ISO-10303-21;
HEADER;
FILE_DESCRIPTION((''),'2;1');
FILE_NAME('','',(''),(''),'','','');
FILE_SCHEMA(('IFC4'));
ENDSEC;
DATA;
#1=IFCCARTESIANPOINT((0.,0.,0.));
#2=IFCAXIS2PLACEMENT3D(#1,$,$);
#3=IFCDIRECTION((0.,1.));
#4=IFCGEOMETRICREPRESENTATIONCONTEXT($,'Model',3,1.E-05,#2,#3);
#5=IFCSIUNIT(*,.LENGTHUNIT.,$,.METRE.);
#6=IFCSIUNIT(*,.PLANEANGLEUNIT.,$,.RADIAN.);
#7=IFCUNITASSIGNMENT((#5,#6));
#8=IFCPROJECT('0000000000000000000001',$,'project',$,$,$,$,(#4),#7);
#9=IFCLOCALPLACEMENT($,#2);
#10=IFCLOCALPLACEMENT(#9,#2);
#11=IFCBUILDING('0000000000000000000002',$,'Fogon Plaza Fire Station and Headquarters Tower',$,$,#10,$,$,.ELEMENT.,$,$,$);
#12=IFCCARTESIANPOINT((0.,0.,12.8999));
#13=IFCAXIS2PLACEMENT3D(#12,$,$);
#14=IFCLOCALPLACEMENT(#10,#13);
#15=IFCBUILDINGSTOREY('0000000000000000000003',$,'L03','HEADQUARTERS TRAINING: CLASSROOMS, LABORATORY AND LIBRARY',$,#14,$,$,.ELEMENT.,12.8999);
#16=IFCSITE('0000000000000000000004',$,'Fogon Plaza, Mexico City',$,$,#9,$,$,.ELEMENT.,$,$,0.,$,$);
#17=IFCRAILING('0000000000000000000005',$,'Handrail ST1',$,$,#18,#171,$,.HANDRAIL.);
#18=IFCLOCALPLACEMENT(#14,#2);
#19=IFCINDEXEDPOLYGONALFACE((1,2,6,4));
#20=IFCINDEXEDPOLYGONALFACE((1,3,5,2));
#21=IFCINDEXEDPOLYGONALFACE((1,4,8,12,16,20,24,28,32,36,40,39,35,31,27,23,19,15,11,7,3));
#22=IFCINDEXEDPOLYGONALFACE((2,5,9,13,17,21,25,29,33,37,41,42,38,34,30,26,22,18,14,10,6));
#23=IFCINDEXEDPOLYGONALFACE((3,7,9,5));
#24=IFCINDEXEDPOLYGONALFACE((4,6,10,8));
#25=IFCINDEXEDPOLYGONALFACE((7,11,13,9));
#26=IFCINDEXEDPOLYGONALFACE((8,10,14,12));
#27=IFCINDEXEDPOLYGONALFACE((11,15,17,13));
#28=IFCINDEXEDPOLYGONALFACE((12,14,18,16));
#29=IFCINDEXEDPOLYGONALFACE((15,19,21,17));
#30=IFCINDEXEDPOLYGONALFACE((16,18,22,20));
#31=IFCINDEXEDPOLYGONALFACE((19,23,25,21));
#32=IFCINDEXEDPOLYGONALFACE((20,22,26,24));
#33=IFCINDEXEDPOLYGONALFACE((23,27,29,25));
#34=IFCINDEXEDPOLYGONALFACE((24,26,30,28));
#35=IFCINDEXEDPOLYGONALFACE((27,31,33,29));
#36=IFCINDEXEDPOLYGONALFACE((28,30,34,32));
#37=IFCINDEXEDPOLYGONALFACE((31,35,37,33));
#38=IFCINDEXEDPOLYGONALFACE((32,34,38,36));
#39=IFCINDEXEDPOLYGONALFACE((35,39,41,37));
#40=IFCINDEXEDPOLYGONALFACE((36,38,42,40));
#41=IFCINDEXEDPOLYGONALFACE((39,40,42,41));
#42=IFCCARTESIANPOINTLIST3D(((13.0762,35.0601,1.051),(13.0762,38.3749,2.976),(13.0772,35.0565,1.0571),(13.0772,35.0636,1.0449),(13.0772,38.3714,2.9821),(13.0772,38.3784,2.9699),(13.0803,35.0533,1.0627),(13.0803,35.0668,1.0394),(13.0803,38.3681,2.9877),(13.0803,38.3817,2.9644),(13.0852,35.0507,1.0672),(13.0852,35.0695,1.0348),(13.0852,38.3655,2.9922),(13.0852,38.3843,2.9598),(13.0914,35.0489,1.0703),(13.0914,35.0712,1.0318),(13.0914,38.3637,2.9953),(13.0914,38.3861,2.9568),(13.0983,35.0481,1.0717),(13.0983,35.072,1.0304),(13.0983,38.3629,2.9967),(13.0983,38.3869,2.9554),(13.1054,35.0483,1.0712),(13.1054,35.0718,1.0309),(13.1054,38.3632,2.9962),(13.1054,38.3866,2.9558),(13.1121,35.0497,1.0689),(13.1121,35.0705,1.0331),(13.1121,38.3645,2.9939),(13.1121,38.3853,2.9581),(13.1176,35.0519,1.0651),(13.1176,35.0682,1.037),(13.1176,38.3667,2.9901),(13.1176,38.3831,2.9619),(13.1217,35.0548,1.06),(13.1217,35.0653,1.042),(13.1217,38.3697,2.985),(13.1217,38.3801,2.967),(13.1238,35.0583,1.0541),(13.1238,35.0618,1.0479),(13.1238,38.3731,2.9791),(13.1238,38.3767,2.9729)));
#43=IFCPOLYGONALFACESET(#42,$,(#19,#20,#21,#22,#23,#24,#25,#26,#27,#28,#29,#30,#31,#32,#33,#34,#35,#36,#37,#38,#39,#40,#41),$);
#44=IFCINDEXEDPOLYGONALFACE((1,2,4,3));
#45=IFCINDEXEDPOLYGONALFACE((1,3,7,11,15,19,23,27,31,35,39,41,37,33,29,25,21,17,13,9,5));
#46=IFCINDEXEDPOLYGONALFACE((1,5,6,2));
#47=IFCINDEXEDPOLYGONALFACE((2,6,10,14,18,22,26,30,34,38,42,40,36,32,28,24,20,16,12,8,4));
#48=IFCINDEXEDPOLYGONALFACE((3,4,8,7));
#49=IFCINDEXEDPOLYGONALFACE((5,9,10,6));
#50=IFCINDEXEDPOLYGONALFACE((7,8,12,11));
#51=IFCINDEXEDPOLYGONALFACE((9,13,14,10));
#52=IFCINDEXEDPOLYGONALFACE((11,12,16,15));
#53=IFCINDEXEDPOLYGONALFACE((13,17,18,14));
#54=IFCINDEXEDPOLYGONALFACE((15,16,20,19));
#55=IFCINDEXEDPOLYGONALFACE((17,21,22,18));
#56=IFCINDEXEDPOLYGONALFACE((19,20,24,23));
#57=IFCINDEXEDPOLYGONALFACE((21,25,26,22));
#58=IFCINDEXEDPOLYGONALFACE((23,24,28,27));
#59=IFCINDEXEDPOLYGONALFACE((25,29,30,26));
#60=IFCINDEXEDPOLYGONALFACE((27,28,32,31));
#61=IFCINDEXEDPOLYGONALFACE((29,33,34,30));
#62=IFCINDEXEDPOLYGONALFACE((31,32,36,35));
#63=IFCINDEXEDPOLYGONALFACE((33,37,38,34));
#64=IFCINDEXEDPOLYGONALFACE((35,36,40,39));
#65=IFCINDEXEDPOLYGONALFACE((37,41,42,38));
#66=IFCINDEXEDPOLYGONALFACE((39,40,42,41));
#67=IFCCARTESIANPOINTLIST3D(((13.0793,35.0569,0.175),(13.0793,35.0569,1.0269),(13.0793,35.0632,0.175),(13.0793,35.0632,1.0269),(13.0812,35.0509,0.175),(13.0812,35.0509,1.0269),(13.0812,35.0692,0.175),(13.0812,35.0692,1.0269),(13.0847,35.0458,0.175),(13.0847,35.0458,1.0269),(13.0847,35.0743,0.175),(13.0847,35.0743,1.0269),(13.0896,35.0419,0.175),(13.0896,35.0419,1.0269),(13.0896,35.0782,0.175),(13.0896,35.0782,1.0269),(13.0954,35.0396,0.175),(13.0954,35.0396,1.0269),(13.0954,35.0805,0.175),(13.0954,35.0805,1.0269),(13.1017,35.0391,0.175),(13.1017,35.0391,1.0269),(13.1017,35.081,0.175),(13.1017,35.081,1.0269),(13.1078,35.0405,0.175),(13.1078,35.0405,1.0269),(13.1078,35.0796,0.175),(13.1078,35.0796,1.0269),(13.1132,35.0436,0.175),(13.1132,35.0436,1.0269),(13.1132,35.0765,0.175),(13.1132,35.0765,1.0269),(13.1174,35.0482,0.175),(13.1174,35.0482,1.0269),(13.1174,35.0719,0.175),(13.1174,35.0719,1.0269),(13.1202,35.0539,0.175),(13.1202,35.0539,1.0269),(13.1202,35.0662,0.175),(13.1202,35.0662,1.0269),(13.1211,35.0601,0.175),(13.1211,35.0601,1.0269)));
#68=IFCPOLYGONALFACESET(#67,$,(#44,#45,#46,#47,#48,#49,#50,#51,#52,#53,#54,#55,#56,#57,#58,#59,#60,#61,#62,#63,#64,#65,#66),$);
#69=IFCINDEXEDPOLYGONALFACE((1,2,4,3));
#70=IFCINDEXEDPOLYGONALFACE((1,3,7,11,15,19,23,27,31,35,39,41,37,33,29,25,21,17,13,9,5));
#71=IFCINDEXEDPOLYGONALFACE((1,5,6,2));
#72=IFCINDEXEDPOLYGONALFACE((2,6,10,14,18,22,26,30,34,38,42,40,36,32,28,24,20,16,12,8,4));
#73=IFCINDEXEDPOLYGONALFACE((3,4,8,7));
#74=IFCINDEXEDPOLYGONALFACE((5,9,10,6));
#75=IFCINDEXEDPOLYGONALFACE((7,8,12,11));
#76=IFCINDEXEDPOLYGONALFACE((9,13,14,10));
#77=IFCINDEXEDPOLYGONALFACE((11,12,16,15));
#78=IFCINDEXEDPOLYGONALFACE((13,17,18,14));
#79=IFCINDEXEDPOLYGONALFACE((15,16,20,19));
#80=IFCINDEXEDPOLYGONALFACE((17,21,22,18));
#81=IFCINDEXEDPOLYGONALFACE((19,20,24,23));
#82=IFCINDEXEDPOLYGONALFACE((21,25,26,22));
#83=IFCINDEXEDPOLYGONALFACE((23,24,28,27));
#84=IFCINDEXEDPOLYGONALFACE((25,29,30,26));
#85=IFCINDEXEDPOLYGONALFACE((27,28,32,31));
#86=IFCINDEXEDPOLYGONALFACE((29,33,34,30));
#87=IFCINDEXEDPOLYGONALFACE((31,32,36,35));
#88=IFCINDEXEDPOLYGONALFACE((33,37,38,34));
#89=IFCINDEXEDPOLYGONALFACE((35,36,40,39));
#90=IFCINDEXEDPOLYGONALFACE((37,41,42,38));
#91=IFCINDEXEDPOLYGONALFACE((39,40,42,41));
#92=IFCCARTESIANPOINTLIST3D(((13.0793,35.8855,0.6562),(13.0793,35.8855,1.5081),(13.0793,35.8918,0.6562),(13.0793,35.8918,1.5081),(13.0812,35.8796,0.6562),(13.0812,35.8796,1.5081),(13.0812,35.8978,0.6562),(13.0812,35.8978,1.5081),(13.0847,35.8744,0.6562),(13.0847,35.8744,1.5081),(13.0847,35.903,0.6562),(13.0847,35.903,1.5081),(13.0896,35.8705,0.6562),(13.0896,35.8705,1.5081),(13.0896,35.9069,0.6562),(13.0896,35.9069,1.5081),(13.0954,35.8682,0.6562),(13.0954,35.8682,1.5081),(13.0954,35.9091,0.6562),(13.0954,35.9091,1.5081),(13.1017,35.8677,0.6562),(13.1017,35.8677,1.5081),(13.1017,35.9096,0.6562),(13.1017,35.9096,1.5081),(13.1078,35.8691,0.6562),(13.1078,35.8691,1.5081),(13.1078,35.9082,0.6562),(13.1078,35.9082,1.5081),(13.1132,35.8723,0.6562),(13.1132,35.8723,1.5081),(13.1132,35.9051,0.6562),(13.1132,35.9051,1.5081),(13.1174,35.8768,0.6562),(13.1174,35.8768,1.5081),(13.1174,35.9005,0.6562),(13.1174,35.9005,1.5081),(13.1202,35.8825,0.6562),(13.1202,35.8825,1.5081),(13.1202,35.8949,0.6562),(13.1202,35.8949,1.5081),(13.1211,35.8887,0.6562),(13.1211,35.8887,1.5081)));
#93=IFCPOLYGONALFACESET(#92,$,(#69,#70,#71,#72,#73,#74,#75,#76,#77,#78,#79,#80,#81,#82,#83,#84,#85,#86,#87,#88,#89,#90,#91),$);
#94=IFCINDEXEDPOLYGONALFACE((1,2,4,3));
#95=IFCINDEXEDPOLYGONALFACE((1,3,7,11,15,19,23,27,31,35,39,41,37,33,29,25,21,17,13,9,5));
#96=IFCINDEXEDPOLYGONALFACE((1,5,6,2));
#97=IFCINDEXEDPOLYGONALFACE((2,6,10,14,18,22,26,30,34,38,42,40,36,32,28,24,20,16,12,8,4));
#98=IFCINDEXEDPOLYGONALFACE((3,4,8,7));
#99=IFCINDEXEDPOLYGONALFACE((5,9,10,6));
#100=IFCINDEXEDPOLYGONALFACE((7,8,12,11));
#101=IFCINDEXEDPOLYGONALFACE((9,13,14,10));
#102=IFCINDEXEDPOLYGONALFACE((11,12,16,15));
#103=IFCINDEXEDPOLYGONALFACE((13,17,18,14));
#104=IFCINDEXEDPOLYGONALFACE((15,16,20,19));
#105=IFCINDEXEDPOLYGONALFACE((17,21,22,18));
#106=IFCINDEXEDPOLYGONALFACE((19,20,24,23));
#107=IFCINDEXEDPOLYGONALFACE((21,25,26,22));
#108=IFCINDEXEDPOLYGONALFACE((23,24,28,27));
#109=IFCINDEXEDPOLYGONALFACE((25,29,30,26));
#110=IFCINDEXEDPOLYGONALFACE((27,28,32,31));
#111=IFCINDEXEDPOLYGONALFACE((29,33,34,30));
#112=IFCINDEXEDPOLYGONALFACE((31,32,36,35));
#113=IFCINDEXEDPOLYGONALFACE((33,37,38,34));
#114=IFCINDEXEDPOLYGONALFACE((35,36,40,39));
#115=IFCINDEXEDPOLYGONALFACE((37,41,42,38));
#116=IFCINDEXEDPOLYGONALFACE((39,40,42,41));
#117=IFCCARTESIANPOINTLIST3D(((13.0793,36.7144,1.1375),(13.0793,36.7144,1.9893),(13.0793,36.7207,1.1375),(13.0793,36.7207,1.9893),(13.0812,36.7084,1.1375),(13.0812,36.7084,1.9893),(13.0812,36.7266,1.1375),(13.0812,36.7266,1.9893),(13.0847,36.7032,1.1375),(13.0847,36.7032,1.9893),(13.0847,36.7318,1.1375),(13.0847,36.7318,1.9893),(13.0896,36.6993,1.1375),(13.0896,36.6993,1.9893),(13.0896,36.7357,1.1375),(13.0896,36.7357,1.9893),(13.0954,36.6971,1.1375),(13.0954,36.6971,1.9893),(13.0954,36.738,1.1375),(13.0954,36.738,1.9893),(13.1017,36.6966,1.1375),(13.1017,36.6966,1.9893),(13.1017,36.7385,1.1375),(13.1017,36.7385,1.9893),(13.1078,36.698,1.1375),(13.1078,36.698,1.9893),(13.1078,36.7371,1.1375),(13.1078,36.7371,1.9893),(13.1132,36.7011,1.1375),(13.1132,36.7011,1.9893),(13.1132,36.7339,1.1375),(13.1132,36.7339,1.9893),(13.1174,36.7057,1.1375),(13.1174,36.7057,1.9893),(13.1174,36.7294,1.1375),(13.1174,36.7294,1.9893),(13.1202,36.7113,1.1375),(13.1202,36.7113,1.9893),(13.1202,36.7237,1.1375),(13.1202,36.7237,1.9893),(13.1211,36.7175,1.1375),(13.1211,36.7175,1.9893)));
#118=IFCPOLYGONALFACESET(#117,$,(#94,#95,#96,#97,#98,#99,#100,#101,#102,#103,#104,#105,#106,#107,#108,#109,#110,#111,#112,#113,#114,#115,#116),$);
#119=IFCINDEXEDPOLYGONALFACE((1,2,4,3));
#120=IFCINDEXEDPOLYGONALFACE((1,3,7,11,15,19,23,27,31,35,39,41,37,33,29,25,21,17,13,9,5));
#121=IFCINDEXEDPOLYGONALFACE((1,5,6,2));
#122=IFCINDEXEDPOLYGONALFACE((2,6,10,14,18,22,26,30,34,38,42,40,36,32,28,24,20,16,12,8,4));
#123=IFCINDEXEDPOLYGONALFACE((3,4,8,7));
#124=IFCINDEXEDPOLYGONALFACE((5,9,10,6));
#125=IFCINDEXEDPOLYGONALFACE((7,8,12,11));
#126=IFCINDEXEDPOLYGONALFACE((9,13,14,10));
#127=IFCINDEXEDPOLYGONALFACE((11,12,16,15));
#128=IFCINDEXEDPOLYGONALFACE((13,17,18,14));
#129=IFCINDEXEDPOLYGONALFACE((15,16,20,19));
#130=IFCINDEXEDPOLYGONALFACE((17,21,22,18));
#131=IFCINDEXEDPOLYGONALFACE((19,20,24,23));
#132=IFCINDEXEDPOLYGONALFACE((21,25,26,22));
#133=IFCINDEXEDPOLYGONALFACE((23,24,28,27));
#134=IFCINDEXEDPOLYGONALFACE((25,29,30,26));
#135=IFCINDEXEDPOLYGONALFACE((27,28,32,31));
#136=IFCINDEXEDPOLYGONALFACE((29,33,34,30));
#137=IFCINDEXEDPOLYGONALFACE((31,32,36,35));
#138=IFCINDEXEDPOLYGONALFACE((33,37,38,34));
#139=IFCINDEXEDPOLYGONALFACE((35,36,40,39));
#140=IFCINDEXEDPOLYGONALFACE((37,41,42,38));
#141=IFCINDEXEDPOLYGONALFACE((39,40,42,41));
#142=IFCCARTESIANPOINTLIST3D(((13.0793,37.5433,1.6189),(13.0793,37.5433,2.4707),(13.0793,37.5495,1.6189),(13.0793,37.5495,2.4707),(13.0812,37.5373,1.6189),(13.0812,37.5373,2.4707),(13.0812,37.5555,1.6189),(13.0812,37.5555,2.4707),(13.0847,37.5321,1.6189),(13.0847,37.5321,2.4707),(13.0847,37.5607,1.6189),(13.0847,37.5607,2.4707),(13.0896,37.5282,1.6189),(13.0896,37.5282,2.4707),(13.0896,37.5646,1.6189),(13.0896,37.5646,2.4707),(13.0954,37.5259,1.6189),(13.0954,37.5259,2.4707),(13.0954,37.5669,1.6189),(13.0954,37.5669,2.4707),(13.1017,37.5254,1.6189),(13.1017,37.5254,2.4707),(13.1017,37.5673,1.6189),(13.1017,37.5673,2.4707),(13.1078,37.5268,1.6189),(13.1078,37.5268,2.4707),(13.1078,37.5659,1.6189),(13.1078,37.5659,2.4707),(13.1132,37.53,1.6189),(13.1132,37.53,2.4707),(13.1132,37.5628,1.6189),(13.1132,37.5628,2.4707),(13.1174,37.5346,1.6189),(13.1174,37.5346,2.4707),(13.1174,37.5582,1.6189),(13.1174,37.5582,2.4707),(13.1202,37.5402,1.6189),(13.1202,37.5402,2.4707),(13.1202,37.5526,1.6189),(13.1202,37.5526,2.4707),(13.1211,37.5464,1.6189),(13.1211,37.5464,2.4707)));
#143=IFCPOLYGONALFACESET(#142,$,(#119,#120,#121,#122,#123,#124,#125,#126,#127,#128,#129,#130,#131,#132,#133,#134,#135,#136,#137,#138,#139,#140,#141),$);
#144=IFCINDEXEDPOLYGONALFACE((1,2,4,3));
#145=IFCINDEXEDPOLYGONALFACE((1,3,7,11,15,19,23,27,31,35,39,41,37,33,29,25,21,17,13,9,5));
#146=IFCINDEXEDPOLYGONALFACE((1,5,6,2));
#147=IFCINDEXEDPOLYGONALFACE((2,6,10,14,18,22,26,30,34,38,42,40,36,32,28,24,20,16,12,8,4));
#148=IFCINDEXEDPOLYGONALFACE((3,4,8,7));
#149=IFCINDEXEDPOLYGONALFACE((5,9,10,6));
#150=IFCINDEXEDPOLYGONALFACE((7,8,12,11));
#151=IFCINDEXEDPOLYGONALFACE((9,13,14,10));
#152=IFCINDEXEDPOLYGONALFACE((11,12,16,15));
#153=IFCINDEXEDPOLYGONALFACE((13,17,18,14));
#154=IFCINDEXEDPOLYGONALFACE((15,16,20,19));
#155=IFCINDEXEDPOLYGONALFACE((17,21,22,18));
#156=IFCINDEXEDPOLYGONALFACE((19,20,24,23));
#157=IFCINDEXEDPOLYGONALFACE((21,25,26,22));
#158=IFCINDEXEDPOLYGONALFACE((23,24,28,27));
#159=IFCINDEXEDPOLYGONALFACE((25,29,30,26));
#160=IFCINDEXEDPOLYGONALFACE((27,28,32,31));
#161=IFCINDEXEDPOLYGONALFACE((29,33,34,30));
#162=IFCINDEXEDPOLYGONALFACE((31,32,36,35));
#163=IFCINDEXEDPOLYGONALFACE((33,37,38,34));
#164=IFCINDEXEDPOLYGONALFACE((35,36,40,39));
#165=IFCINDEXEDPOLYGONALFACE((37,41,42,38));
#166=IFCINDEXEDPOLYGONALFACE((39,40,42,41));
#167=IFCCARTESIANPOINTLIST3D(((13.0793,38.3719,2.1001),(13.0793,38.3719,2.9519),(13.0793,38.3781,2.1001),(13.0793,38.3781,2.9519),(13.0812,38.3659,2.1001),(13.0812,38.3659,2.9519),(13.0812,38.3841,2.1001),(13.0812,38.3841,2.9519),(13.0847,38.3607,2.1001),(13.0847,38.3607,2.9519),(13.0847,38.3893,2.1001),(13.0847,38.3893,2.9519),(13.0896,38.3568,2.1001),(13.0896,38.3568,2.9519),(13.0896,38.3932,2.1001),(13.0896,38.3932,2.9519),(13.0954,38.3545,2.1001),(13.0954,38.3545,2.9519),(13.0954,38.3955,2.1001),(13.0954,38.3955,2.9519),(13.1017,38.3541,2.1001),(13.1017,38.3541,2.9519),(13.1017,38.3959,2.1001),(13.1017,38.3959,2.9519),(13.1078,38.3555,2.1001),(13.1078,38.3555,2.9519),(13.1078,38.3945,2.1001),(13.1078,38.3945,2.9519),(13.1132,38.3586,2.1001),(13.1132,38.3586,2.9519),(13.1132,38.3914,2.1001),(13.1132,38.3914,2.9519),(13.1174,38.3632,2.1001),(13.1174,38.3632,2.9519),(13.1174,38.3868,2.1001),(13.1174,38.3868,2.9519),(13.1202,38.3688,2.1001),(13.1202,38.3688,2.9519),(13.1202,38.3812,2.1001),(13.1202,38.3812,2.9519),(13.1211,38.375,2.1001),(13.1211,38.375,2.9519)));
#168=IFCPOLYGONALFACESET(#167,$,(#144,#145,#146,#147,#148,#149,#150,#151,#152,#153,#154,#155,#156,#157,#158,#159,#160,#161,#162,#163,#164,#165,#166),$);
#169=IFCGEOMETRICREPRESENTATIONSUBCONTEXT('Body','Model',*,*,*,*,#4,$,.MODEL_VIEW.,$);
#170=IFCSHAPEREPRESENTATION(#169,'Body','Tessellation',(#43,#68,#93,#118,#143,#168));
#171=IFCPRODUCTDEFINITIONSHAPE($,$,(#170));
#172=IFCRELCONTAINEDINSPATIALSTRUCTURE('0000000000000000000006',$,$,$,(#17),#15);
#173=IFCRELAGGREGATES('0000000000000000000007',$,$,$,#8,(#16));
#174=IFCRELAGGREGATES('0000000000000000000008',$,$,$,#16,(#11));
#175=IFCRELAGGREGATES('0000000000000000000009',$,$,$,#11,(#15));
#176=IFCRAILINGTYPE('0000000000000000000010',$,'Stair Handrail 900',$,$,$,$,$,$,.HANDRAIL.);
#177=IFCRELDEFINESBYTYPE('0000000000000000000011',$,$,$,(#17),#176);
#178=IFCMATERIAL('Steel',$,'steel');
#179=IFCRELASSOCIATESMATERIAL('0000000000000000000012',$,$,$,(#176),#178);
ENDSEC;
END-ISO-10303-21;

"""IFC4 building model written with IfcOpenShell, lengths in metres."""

from ifc_helpers import new_model, si_unit, direction, frame, origin, origin_2d, place, context, subcontext, project, spatial, circle, extrude, material, type_object, element, save


model = new_model("IFC4")

# Units and contexts
model_context = context("Model", 3, precision=1e-05, world=origin(), true_north=direction((0.0, 1.0)))
body_context = subcontext(model_context, "Body", "Model", "MODEL_VIEW")
ifc_project = project(units=[si_unit("LENGTHUNIT", "METRE"), si_unit("PLANEANGLEUNIT", "RADIAN")], contexts=[model_context])

# Site, building, storey
site_placement = place(None, origin())
site = spatial("IfcSite", under=ifc_project, at=site_placement, Name="Fogon Plaza, Mexico City", CompositionType="ELEMENT", RefElevation=0.0)
building_placement = place(site_placement, origin())
building = spatial("IfcBuilding", under=site, at=building_placement, Name="Fogon Plaza Fire Station and Headquarters Tower", CompositionType="ELEMENT")
storey_placement = place(building_placement, frame((0.0, 0.0, 12.8999)))
storey = spatial("IfcBuildingStorey", under=building, at=storey_placement, Name="L03", Description="HEADQUARTERS TRAINING: CLASSROOMS, LABORATORY AND LIBRARY", CompositionType="ELEMENT", Elevation=12.8999)

# Railing
ifc_material_1 = material(Name="Steel", Category="steel")
railing_type = type_object("IfcRailingType", Name="Stair Handrail 900", PredefinedType="HANDRAIL", material=ifc_material_1)
for number, where, name in (
    (1, (13.1001, 35.0601, 0.175), "Handrail ST1"),
):
    element("IfcRailing", number, at=place(storey_placement, frame(where)), inside=storey, type_object=railing_type, Name=name, PredefinedType="HANDRAIL", context=body_context, shape_type="SweptSolid", body=[
        extrude(circle(Radius=0.0239, at=origin_2d()), frame((0.0, 0.0, 0.876), z_axis=(0.0, 0.864761, 0.502183), x_axis=(-1.0, 0.0, 0.0)), (0.0, 0.0, 1.0), 3.8333),
        extrude(circle(Radius=0.021, at=origin_2d()), origin(), (0.0, 0.0, 1.0), 0.8518),
        extrude(circle(Radius=0.021, at=origin_2d()), frame((0.0, 0.8286, 0.4812)), (0.0, 0.0, 1.0), 0.8518),
        extrude(circle(Radius=0.021, at=origin_2d()), frame((0.0, 1.6575, 0.9624)), (0.0, 0.0, 1.0), 0.8518),
        extrude(circle(Radius=0.021, at=origin_2d()), frame((0.0, 2.4863, 1.4438)), (0.0, 0.0, 1.0), 0.8518),
        extrude(circle(Radius=0.021, at=origin_2d()), frame((0.0, 3.3149, 1.925)), (0.0, 0.0, 1.0), 0.8518),
    ])

save(model, "model.ifc")
